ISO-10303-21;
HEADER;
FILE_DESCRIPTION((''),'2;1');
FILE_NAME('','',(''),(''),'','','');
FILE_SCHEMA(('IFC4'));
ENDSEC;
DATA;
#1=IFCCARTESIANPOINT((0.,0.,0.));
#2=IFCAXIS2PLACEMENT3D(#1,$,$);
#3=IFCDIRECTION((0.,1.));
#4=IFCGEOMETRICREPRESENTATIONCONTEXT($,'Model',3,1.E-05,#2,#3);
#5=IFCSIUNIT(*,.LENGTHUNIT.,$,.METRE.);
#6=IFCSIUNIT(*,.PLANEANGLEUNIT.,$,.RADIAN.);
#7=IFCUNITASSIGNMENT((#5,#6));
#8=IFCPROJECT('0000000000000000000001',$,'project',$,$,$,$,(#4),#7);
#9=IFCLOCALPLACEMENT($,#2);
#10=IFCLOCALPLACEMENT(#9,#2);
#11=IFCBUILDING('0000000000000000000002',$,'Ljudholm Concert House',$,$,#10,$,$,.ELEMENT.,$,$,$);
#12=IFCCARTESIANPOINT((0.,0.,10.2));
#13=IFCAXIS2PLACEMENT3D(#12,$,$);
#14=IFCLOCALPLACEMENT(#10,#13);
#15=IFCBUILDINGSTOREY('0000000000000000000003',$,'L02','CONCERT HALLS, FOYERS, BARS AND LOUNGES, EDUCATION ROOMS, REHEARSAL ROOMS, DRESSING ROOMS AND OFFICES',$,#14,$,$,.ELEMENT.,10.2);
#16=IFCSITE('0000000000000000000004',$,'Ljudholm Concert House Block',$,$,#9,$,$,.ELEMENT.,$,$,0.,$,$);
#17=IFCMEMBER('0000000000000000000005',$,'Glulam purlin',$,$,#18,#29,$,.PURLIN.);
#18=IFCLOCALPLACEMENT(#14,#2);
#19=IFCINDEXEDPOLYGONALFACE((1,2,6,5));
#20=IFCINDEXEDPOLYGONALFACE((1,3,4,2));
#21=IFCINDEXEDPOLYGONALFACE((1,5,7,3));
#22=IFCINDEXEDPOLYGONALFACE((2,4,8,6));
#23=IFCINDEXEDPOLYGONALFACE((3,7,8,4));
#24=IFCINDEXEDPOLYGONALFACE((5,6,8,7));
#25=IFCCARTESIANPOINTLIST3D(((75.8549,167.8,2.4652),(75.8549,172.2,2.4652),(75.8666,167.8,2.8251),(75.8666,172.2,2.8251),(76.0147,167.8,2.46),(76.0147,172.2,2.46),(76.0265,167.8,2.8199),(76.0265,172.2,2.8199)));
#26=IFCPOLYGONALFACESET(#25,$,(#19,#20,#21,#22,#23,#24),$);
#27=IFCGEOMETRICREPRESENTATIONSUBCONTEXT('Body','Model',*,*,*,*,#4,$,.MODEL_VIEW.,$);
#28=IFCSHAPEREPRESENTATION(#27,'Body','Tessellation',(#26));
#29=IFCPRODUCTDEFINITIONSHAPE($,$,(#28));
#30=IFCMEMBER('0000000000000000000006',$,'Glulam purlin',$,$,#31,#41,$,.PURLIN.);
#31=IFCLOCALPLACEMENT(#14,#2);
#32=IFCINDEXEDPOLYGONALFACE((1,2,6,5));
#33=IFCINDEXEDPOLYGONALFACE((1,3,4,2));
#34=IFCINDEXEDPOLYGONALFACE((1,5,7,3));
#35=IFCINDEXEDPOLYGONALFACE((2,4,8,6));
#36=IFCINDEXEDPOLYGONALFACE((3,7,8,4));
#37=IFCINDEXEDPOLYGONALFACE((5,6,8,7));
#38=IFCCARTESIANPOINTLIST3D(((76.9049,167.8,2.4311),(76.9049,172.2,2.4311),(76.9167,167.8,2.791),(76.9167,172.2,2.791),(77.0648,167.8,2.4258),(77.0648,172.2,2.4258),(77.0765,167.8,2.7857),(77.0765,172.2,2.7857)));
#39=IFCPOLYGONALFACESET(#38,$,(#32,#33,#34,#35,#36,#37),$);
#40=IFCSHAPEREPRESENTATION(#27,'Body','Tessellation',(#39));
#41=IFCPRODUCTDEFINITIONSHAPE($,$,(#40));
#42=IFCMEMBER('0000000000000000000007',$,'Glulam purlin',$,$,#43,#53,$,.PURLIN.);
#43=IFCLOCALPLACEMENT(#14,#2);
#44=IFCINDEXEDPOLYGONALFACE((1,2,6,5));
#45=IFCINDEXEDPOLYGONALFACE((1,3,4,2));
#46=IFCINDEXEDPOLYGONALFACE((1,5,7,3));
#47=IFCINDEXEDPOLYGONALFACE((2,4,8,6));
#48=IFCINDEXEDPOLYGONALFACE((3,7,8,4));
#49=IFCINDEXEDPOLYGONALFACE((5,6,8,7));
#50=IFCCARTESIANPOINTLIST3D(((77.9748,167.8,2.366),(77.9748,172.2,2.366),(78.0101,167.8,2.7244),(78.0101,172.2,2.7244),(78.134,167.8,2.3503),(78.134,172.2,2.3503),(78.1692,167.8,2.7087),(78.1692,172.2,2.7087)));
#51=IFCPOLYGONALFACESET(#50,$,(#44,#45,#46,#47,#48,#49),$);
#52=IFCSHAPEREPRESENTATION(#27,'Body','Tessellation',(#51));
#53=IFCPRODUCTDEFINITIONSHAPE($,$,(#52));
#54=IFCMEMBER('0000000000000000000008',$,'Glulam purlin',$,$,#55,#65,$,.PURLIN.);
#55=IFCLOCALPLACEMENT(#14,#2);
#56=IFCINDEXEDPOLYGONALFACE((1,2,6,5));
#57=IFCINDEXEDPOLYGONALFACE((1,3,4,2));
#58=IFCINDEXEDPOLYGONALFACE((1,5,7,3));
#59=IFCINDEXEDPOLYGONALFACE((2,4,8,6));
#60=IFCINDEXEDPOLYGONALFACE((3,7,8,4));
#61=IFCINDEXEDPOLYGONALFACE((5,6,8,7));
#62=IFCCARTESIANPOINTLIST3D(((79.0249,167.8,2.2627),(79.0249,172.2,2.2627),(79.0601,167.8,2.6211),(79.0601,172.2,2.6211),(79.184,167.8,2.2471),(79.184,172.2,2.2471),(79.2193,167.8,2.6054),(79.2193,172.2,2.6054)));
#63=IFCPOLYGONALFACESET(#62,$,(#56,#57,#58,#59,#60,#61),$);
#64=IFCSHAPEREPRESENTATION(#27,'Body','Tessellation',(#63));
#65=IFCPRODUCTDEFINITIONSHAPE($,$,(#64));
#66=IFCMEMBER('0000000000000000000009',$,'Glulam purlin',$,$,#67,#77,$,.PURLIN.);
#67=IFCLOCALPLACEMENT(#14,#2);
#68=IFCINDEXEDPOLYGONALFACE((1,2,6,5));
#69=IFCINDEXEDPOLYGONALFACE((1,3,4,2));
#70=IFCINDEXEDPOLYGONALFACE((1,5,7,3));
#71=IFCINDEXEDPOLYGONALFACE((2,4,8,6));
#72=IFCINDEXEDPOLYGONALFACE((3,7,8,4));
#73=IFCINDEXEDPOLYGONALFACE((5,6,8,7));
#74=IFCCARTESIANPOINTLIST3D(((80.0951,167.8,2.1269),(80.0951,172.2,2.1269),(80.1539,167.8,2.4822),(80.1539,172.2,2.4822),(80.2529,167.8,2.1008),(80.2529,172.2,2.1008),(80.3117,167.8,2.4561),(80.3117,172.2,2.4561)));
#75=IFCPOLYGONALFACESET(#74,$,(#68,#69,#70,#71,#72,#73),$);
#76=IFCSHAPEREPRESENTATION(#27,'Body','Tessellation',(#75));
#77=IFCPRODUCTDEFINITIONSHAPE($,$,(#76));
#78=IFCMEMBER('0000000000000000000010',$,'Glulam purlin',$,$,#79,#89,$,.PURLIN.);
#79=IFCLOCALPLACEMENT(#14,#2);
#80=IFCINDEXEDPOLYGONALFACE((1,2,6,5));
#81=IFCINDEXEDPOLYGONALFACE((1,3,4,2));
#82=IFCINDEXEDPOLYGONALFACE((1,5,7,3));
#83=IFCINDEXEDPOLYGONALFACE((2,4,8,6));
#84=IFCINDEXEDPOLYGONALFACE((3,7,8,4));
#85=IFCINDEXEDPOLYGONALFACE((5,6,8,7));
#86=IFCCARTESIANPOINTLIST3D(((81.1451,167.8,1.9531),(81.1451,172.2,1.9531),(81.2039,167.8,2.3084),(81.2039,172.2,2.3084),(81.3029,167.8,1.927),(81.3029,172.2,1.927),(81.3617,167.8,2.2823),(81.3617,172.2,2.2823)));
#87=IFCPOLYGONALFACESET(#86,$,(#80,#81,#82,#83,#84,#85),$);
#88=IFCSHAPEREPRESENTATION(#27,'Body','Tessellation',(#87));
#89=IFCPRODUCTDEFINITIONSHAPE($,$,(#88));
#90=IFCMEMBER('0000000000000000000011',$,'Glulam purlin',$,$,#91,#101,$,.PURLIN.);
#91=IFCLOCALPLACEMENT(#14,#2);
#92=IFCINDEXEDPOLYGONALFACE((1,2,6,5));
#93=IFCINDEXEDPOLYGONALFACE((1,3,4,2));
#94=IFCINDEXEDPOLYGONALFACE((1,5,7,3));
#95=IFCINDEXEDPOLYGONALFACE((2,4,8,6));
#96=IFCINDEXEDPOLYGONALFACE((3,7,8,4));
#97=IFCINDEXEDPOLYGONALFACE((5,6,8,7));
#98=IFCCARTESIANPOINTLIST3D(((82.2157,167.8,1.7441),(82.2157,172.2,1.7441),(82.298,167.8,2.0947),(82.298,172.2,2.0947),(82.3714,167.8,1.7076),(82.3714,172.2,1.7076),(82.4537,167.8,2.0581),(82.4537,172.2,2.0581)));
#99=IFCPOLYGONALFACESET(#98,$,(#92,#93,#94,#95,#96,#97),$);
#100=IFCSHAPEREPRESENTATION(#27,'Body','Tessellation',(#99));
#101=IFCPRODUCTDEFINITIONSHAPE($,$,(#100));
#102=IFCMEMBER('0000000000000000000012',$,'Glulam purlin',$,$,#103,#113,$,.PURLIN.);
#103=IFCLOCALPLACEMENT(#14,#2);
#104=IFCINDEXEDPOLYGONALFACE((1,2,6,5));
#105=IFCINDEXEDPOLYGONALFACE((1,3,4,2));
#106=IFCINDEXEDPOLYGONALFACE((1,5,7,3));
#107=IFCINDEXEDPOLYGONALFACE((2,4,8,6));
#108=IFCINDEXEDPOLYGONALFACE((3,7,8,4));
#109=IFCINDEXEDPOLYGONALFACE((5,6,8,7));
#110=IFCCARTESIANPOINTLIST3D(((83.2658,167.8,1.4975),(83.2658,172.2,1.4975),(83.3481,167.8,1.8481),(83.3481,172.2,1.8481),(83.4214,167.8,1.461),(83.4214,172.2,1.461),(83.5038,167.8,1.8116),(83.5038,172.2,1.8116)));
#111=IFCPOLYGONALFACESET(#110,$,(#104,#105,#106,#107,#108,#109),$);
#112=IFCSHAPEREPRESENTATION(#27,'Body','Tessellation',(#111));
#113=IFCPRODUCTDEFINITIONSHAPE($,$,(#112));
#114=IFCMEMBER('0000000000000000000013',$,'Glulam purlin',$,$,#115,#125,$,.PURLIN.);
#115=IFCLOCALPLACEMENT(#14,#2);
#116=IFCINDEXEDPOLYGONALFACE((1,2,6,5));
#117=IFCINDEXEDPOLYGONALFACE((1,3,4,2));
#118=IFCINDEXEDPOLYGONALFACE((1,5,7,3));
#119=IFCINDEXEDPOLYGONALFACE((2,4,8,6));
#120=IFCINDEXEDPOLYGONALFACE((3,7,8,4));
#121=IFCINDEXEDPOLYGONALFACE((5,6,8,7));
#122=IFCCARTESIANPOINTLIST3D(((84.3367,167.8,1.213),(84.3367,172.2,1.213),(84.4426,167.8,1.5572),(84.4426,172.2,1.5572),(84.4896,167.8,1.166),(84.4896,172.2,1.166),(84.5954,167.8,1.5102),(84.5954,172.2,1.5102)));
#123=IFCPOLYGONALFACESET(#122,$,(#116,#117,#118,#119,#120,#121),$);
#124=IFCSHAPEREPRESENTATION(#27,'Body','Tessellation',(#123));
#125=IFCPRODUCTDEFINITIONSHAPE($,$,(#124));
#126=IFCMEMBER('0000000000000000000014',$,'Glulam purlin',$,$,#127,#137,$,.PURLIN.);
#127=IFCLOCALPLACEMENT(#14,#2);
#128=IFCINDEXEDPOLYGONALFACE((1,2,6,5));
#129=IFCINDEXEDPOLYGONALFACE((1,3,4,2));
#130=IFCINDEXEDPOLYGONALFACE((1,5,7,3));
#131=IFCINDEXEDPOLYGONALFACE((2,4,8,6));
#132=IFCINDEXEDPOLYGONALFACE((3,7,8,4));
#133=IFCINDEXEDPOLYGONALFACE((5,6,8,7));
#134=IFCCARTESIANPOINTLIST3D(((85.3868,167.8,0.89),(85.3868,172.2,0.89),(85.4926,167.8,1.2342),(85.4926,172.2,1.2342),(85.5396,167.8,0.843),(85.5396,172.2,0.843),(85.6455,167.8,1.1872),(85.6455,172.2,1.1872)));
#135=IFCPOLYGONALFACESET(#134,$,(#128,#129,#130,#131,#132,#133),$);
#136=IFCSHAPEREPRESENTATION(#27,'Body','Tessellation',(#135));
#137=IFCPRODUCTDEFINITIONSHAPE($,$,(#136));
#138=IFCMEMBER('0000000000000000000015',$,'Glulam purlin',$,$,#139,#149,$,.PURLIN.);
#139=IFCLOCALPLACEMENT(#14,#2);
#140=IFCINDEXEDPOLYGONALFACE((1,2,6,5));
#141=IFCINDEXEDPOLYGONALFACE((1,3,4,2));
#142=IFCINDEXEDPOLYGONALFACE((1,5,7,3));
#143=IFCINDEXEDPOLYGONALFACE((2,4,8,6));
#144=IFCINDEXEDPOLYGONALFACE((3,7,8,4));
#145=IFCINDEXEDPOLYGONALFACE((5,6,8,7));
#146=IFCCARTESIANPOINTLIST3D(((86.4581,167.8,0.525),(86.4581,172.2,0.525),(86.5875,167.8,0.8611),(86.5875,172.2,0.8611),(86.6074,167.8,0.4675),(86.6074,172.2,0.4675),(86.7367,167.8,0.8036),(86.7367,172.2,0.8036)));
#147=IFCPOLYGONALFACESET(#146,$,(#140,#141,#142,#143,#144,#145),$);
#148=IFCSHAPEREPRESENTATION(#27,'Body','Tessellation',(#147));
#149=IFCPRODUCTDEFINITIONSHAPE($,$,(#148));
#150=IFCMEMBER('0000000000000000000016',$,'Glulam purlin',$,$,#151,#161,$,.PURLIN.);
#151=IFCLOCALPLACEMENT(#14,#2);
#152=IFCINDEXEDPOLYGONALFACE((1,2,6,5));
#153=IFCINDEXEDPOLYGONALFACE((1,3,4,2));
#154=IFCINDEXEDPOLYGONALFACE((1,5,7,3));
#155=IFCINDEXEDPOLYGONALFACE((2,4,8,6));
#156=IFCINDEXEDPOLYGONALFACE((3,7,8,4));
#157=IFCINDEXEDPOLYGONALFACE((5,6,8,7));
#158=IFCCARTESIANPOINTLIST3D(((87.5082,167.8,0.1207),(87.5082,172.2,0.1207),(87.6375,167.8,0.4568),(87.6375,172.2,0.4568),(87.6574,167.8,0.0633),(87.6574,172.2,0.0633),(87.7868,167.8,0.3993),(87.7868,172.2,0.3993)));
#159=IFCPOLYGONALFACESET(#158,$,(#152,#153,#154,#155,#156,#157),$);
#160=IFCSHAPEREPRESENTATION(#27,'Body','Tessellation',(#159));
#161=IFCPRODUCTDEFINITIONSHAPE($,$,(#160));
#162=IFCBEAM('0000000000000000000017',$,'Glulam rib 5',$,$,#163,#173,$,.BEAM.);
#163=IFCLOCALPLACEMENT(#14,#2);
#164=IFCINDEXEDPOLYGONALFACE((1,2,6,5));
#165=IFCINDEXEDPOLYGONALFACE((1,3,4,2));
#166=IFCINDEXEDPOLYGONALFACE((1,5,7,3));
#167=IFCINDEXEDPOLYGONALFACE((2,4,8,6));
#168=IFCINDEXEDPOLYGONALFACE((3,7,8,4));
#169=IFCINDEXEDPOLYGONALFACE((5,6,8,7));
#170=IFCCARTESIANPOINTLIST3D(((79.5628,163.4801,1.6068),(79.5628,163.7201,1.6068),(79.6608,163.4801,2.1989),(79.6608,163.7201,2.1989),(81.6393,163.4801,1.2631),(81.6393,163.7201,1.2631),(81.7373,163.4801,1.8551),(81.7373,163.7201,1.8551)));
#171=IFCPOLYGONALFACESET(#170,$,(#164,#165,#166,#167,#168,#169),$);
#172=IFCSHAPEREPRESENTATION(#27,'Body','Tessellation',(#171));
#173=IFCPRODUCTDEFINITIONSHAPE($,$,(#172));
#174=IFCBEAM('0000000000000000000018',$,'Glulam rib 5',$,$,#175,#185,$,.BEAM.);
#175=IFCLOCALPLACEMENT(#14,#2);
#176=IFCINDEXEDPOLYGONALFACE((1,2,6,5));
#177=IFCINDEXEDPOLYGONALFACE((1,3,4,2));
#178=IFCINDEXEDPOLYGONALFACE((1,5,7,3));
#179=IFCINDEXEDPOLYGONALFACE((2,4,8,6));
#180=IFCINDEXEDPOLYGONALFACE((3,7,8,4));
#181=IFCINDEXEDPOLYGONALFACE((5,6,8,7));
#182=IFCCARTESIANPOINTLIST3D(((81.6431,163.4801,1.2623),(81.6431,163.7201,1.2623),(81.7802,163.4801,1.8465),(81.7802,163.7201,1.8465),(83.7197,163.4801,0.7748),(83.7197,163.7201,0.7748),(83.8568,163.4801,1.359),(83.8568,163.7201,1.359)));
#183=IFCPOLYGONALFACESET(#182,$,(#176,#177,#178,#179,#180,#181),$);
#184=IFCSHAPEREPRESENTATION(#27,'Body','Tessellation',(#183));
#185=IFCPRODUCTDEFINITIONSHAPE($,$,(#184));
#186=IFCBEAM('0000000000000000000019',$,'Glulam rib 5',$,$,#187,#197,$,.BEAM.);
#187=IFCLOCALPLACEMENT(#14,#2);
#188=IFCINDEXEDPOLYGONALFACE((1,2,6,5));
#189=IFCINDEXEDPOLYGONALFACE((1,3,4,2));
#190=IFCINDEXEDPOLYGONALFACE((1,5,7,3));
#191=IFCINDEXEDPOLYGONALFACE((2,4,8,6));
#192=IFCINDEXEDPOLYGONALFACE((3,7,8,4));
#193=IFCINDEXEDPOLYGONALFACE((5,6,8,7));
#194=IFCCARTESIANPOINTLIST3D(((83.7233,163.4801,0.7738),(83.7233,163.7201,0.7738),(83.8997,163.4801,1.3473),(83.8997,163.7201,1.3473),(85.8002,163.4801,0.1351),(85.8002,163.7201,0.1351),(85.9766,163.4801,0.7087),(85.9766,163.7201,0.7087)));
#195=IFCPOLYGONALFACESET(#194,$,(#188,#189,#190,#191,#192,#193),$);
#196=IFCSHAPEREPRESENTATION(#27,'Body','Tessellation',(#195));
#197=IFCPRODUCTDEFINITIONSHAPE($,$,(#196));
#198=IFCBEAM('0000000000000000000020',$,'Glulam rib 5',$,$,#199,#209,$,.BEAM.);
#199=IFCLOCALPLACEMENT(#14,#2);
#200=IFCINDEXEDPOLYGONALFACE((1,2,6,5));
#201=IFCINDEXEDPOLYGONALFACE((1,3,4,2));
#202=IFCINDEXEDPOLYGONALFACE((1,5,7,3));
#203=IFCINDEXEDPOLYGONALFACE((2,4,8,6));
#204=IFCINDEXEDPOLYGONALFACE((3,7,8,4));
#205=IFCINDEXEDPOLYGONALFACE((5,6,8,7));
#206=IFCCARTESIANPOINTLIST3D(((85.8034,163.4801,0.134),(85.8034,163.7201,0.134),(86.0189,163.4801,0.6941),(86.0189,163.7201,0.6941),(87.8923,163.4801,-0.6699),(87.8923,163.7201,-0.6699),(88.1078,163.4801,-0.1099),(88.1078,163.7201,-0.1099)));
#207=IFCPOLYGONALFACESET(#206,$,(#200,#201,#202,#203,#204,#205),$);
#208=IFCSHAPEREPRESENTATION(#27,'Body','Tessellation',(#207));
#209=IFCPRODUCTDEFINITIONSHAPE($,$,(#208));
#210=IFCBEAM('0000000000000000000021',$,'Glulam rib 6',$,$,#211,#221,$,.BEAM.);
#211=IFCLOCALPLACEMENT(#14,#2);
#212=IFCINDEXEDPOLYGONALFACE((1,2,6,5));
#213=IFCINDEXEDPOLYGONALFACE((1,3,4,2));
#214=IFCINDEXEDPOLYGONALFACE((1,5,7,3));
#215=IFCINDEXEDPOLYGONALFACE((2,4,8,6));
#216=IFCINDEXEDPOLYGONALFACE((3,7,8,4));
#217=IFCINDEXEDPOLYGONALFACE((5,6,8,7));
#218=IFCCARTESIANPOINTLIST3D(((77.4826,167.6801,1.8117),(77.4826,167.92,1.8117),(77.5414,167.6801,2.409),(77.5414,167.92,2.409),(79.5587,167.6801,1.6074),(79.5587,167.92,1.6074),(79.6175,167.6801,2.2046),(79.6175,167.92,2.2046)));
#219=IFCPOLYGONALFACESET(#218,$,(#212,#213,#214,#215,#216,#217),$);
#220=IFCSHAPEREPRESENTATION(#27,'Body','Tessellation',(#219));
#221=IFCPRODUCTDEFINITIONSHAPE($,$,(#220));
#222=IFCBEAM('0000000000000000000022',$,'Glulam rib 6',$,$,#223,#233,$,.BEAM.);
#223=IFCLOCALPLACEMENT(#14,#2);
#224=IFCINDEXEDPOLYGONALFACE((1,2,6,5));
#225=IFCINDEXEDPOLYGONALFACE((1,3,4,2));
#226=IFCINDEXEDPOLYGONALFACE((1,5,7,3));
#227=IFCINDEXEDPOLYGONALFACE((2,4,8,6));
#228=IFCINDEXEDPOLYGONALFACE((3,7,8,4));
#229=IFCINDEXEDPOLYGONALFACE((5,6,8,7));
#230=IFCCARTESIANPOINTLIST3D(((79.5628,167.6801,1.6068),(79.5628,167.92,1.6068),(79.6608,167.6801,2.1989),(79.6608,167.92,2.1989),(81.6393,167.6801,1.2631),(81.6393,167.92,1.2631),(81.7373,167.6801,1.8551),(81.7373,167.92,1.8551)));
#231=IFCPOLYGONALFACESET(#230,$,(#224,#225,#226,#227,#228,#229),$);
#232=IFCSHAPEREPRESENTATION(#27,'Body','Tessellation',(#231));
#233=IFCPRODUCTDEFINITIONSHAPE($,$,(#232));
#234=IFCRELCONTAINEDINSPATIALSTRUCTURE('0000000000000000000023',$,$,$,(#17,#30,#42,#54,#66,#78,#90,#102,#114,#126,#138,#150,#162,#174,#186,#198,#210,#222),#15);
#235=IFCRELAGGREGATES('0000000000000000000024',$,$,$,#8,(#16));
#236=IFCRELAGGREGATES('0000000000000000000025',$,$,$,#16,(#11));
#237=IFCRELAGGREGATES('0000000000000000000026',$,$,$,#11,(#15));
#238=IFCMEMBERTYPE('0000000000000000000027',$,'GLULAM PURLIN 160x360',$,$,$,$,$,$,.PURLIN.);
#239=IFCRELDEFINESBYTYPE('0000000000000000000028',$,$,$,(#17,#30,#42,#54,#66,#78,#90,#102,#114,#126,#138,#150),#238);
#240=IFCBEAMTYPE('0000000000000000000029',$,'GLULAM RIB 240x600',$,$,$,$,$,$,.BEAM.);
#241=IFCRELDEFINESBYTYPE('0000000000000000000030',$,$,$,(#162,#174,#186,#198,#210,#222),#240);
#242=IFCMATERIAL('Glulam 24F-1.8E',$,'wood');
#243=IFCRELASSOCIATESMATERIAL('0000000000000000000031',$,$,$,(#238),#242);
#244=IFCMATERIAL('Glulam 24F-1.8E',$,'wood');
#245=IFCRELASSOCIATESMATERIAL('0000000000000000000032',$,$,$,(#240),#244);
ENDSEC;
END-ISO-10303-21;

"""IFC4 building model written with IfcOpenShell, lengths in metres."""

from ifc_helpers import new_model, si_unit, direction, frame, origin, origin_2d, place, context, subcontext, project, spatial, rectangle, extrude, material, material_profile, profile_set, type_object, element, save


model = new_model("IFC4")

# Units and contexts
model_context = context("Model", 3, precision=1e-05, world=origin(), true_north=direction((0.0, 1.0)))
body_context = subcontext(model_context, "Body", "Model", "MODEL_VIEW")
ifc_project = project(units=[si_unit("LENGTHUNIT", "METRE"), si_unit("PLANEANGLEUNIT", "RADIAN")], contexts=[model_context])

# Site, building, storey
site_placement = place(None, origin())
site = spatial("IfcSite", under=ifc_project, at=site_placement, Name="Ljudholm Concert House Block", CompositionType="ELEMENT", RefElevation=0.0)
building_placement = place(site_placement, origin())
building = spatial("IfcBuilding", under=site, at=building_placement, Name="Ljudholm Concert House", CompositionType="ELEMENT")
storey_placement = place(building_placement, frame((0.0, 0.0, 10.2)))
storey = spatial("IfcBuildingStorey", under=building, at=storey_placement, Name="L02", Description="CONCERT HALLS, FOYERS, BARS AND LOUNGES, EDUCATION ROOMS, REHEARSAL ROOMS, DRESSING ROOMS AND OFFICES", CompositionType="ELEMENT", Elevation=10.2)

# Members
ifc_material_1 = material(Name="Glulam 24F-1.8E", Category="wood")
ifc_material_profile_1 = material_profile(ifc_material_1, rectangle(XDim=0.1599, YDim=0.3601, at=origin_2d()), Name="GLULAM PURLIN 160x360")
ifc_profile_set_1 = profile_set([ifc_material_profile_1], Name="Glulam 24F-1.8E")
member_type = type_object("IfcMemberType", Name="GLULAM PURLIN 160x360", PredefinedType="PURLIN", material=ifc_profile_set_1)
for number, where, z_axis, x_axis, name in (
    (1, (75.9407, 167.8, 2.6426), (0.0, 1.0, 0.0), (-0.999467, 0.0, 0.032655), "Glulam purlin"),
    (2, (76.9907, 167.8, 2.6084), (0.0, 1.0, 0.0), (-0.999467, 0.0, 0.032655), "Glulam purlin"),
    (3, (78.072, 167.8, 2.5374), (0.0, 1.0, 0.0), (-0.99519, 0.0, 0.097964), "Glulam purlin"),
    (4, (79.1221, 167.8, 2.4341), (0.0, 1.0, 0.0), (-0.99519, 0.0, 0.097964), "Glulam purlin"),
    (5, (80.2034, 167.8, 2.2915), (0.0, 1.0, 0.0), (-0.986581, 0.0, 0.163275), "Glulam purlin"),
    (6, (81.2534, 167.8, 2.1177), (0.0, 1.0, 0.0), (-0.986581, 0.0, 0.163275), "Glulam purlin"),
    (7, (82.3347, 167.8, 1.9011), (0.0, 1.0, 0.0), (-0.973523, 0.0, 0.228589), "Glulam purlin"),
    (8, (83.3848, 167.8, 1.6545), (0.0, 1.0, 0.0), (-0.973523, 0.0, 0.228589), "Glulam purlin"),
    (9, (84.4661, 167.8, 1.3616), (0.0, 1.0, 0.0), (-0.955834, 0.0, 0.293906), "Glulam purlin"),
    (10, (85.5161, 167.8, 1.0386), (0.0, 1.0, 0.0), (-0.955834, 0.0, 0.293906), "Glulam purlin"),
    (11, (86.5974, 167.8, 0.6643), (0.0, 1.0, 0.0), (-0.933249, 0.0, 0.359229), "Glulam purlin"),
    (12, (87.6475, 167.8, 0.26), (0.0, 1.0, 0.0), (-0.933249, 0.0, 0.359229), "Glulam purlin"),
):
    element("IfcMember", number, at=place(storey_placement, frame(where, z_axis=z_axis, x_axis=x_axis)), inside=storey, type_object=member_type, Name=name, PredefinedType="PURLIN", context=body_context, shape_type="SweptSolid", body=[
        extrude(rectangle(XDim=0.1599, YDim=0.3601, at=origin_2d()), origin(), (0.0, 0.0, 1.0), 4.3999),
    ])

# Beams
ifc_material_2 = material(Name="Glulam 24F-1.8E", Category="wood")
ifc_material_profile_2 = material_profile(ifc_material_2, rectangle(XDim=0.24, YDim=0.6001, at=origin_2d()), Name="GLULAM RIB 240x600")
ifc_profile_set_2 = profile_set([ifc_material_profile_2], Name="Glulam 24F-1.8E")
beam_type = type_object("IfcBeamType", Name="GLULAM RIB 240x600", PredefinedType="BEAM", material=ifc_profile_set_2)
beam_1_placement = place(storey_placement, frame((79.6118, 163.6001, 1.9028), z_axis=(0.986572, 0.0, -0.163327), x_axis=(0.0, 1.0, 0.0)))
element("IfcBeam", 13, at=beam_1_placement, inside=storey, type_object=beam_type, Name="Glulam rib 5", PredefinedType="BEAM", context=body_context, shape_type="SweptSolid", body=[
    extrude(rectangle(XDim=0.24, YDim=0.6001, at=origin_2d()), origin(), (0.0, 0.0, 1.0), 2.1047),
])
beam_2_placement = place(storey_placement, frame((81.7117, 163.6001, 1.5544), z_axis=(0.97353, 0.0, -0.228561), x_axis=(0.0, 1.0, 0.0)))
element("IfcBeam", 14, at=beam_2_placement, inside=storey, type_object=beam_type, Name="Glulam rib 5", PredefinedType="BEAM", context=body_context, shape_type="SweptSolid", body=[
    extrude(rectangle(XDim=0.24, YDim=0.6001, at=origin_2d()), origin(), (0.0, 0.0, 1.0), 2.1331),
])
beam_3_placement = place(storey_placement, frame((83.8115, 163.6001, 1.0605), z_axis=(0.955828, 0.0, -0.293928), x_axis=(0.0, 1.0, 0.0)))
element("IfcBeam", 15, at=beam_3_placement, inside=storey, type_object=beam_type, Name="Glulam rib 5", PredefinedType="BEAM", context=body_context, shape_type="SweptSolid", body=[
    extrude(rectangle(XDim=0.24, YDim=0.6001, at=origin_2d()), origin(), (0.0, 0.0, 1.0), 2.1729),
])
beam_4_placement = place(storey_placement, frame((85.9111, 163.6001, 0.4141), z_axis=(0.933264, 0.0, -0.359191), x_axis=(0.0, 1.0, 0.0)))
element("IfcBeam", 16, at=beam_4_placement, inside=storey, type_object=beam_type, Name="Glulam rib 5", PredefinedType="BEAM", context=body_context, shape_type="SweptSolid", body=[
    extrude(rectangle(XDim=0.24, YDim=0.6001, at=origin_2d()), origin(), (0.0, 0.0, 1.0), 2.2383),
])
beam_5_placement = place(storey_placement, frame((77.512, 167.8, 2.1104), z_axis=(0.995191, 0.0, -0.097951), x_axis=(0.0, 1.0, 0.0)))
element("IfcBeam", 17, at=beam_5_placement, inside=storey, type_object=beam_type, Name="Glulam rib 6", PredefinedType="BEAM", context=body_context, shape_type="SweptSolid", body=[
    extrude(rectangle(XDim=0.24, YDim=0.6001, at=origin_2d()), origin(), (0.0, 0.0, 1.0), 2.0862),
])
beam_6_placement = place(storey_placement, frame((79.6118, 167.8, 1.9028), z_axis=(0.986572, 0.0, -0.163327), x_axis=(0.0, 1.0, 0.0)))
element("IfcBeam", 18, at=beam_6_placement, inside=storey, type_object=beam_type, Name="Glulam rib 6", PredefinedType="BEAM", context=body_context, shape_type="SweptSolid", body=[
    extrude(rectangle(XDim=0.24, YDim=0.6001, at=origin_2d()), origin(), (0.0, 0.0, 1.0), 2.1047),
])

save(model, "model.ifc")
